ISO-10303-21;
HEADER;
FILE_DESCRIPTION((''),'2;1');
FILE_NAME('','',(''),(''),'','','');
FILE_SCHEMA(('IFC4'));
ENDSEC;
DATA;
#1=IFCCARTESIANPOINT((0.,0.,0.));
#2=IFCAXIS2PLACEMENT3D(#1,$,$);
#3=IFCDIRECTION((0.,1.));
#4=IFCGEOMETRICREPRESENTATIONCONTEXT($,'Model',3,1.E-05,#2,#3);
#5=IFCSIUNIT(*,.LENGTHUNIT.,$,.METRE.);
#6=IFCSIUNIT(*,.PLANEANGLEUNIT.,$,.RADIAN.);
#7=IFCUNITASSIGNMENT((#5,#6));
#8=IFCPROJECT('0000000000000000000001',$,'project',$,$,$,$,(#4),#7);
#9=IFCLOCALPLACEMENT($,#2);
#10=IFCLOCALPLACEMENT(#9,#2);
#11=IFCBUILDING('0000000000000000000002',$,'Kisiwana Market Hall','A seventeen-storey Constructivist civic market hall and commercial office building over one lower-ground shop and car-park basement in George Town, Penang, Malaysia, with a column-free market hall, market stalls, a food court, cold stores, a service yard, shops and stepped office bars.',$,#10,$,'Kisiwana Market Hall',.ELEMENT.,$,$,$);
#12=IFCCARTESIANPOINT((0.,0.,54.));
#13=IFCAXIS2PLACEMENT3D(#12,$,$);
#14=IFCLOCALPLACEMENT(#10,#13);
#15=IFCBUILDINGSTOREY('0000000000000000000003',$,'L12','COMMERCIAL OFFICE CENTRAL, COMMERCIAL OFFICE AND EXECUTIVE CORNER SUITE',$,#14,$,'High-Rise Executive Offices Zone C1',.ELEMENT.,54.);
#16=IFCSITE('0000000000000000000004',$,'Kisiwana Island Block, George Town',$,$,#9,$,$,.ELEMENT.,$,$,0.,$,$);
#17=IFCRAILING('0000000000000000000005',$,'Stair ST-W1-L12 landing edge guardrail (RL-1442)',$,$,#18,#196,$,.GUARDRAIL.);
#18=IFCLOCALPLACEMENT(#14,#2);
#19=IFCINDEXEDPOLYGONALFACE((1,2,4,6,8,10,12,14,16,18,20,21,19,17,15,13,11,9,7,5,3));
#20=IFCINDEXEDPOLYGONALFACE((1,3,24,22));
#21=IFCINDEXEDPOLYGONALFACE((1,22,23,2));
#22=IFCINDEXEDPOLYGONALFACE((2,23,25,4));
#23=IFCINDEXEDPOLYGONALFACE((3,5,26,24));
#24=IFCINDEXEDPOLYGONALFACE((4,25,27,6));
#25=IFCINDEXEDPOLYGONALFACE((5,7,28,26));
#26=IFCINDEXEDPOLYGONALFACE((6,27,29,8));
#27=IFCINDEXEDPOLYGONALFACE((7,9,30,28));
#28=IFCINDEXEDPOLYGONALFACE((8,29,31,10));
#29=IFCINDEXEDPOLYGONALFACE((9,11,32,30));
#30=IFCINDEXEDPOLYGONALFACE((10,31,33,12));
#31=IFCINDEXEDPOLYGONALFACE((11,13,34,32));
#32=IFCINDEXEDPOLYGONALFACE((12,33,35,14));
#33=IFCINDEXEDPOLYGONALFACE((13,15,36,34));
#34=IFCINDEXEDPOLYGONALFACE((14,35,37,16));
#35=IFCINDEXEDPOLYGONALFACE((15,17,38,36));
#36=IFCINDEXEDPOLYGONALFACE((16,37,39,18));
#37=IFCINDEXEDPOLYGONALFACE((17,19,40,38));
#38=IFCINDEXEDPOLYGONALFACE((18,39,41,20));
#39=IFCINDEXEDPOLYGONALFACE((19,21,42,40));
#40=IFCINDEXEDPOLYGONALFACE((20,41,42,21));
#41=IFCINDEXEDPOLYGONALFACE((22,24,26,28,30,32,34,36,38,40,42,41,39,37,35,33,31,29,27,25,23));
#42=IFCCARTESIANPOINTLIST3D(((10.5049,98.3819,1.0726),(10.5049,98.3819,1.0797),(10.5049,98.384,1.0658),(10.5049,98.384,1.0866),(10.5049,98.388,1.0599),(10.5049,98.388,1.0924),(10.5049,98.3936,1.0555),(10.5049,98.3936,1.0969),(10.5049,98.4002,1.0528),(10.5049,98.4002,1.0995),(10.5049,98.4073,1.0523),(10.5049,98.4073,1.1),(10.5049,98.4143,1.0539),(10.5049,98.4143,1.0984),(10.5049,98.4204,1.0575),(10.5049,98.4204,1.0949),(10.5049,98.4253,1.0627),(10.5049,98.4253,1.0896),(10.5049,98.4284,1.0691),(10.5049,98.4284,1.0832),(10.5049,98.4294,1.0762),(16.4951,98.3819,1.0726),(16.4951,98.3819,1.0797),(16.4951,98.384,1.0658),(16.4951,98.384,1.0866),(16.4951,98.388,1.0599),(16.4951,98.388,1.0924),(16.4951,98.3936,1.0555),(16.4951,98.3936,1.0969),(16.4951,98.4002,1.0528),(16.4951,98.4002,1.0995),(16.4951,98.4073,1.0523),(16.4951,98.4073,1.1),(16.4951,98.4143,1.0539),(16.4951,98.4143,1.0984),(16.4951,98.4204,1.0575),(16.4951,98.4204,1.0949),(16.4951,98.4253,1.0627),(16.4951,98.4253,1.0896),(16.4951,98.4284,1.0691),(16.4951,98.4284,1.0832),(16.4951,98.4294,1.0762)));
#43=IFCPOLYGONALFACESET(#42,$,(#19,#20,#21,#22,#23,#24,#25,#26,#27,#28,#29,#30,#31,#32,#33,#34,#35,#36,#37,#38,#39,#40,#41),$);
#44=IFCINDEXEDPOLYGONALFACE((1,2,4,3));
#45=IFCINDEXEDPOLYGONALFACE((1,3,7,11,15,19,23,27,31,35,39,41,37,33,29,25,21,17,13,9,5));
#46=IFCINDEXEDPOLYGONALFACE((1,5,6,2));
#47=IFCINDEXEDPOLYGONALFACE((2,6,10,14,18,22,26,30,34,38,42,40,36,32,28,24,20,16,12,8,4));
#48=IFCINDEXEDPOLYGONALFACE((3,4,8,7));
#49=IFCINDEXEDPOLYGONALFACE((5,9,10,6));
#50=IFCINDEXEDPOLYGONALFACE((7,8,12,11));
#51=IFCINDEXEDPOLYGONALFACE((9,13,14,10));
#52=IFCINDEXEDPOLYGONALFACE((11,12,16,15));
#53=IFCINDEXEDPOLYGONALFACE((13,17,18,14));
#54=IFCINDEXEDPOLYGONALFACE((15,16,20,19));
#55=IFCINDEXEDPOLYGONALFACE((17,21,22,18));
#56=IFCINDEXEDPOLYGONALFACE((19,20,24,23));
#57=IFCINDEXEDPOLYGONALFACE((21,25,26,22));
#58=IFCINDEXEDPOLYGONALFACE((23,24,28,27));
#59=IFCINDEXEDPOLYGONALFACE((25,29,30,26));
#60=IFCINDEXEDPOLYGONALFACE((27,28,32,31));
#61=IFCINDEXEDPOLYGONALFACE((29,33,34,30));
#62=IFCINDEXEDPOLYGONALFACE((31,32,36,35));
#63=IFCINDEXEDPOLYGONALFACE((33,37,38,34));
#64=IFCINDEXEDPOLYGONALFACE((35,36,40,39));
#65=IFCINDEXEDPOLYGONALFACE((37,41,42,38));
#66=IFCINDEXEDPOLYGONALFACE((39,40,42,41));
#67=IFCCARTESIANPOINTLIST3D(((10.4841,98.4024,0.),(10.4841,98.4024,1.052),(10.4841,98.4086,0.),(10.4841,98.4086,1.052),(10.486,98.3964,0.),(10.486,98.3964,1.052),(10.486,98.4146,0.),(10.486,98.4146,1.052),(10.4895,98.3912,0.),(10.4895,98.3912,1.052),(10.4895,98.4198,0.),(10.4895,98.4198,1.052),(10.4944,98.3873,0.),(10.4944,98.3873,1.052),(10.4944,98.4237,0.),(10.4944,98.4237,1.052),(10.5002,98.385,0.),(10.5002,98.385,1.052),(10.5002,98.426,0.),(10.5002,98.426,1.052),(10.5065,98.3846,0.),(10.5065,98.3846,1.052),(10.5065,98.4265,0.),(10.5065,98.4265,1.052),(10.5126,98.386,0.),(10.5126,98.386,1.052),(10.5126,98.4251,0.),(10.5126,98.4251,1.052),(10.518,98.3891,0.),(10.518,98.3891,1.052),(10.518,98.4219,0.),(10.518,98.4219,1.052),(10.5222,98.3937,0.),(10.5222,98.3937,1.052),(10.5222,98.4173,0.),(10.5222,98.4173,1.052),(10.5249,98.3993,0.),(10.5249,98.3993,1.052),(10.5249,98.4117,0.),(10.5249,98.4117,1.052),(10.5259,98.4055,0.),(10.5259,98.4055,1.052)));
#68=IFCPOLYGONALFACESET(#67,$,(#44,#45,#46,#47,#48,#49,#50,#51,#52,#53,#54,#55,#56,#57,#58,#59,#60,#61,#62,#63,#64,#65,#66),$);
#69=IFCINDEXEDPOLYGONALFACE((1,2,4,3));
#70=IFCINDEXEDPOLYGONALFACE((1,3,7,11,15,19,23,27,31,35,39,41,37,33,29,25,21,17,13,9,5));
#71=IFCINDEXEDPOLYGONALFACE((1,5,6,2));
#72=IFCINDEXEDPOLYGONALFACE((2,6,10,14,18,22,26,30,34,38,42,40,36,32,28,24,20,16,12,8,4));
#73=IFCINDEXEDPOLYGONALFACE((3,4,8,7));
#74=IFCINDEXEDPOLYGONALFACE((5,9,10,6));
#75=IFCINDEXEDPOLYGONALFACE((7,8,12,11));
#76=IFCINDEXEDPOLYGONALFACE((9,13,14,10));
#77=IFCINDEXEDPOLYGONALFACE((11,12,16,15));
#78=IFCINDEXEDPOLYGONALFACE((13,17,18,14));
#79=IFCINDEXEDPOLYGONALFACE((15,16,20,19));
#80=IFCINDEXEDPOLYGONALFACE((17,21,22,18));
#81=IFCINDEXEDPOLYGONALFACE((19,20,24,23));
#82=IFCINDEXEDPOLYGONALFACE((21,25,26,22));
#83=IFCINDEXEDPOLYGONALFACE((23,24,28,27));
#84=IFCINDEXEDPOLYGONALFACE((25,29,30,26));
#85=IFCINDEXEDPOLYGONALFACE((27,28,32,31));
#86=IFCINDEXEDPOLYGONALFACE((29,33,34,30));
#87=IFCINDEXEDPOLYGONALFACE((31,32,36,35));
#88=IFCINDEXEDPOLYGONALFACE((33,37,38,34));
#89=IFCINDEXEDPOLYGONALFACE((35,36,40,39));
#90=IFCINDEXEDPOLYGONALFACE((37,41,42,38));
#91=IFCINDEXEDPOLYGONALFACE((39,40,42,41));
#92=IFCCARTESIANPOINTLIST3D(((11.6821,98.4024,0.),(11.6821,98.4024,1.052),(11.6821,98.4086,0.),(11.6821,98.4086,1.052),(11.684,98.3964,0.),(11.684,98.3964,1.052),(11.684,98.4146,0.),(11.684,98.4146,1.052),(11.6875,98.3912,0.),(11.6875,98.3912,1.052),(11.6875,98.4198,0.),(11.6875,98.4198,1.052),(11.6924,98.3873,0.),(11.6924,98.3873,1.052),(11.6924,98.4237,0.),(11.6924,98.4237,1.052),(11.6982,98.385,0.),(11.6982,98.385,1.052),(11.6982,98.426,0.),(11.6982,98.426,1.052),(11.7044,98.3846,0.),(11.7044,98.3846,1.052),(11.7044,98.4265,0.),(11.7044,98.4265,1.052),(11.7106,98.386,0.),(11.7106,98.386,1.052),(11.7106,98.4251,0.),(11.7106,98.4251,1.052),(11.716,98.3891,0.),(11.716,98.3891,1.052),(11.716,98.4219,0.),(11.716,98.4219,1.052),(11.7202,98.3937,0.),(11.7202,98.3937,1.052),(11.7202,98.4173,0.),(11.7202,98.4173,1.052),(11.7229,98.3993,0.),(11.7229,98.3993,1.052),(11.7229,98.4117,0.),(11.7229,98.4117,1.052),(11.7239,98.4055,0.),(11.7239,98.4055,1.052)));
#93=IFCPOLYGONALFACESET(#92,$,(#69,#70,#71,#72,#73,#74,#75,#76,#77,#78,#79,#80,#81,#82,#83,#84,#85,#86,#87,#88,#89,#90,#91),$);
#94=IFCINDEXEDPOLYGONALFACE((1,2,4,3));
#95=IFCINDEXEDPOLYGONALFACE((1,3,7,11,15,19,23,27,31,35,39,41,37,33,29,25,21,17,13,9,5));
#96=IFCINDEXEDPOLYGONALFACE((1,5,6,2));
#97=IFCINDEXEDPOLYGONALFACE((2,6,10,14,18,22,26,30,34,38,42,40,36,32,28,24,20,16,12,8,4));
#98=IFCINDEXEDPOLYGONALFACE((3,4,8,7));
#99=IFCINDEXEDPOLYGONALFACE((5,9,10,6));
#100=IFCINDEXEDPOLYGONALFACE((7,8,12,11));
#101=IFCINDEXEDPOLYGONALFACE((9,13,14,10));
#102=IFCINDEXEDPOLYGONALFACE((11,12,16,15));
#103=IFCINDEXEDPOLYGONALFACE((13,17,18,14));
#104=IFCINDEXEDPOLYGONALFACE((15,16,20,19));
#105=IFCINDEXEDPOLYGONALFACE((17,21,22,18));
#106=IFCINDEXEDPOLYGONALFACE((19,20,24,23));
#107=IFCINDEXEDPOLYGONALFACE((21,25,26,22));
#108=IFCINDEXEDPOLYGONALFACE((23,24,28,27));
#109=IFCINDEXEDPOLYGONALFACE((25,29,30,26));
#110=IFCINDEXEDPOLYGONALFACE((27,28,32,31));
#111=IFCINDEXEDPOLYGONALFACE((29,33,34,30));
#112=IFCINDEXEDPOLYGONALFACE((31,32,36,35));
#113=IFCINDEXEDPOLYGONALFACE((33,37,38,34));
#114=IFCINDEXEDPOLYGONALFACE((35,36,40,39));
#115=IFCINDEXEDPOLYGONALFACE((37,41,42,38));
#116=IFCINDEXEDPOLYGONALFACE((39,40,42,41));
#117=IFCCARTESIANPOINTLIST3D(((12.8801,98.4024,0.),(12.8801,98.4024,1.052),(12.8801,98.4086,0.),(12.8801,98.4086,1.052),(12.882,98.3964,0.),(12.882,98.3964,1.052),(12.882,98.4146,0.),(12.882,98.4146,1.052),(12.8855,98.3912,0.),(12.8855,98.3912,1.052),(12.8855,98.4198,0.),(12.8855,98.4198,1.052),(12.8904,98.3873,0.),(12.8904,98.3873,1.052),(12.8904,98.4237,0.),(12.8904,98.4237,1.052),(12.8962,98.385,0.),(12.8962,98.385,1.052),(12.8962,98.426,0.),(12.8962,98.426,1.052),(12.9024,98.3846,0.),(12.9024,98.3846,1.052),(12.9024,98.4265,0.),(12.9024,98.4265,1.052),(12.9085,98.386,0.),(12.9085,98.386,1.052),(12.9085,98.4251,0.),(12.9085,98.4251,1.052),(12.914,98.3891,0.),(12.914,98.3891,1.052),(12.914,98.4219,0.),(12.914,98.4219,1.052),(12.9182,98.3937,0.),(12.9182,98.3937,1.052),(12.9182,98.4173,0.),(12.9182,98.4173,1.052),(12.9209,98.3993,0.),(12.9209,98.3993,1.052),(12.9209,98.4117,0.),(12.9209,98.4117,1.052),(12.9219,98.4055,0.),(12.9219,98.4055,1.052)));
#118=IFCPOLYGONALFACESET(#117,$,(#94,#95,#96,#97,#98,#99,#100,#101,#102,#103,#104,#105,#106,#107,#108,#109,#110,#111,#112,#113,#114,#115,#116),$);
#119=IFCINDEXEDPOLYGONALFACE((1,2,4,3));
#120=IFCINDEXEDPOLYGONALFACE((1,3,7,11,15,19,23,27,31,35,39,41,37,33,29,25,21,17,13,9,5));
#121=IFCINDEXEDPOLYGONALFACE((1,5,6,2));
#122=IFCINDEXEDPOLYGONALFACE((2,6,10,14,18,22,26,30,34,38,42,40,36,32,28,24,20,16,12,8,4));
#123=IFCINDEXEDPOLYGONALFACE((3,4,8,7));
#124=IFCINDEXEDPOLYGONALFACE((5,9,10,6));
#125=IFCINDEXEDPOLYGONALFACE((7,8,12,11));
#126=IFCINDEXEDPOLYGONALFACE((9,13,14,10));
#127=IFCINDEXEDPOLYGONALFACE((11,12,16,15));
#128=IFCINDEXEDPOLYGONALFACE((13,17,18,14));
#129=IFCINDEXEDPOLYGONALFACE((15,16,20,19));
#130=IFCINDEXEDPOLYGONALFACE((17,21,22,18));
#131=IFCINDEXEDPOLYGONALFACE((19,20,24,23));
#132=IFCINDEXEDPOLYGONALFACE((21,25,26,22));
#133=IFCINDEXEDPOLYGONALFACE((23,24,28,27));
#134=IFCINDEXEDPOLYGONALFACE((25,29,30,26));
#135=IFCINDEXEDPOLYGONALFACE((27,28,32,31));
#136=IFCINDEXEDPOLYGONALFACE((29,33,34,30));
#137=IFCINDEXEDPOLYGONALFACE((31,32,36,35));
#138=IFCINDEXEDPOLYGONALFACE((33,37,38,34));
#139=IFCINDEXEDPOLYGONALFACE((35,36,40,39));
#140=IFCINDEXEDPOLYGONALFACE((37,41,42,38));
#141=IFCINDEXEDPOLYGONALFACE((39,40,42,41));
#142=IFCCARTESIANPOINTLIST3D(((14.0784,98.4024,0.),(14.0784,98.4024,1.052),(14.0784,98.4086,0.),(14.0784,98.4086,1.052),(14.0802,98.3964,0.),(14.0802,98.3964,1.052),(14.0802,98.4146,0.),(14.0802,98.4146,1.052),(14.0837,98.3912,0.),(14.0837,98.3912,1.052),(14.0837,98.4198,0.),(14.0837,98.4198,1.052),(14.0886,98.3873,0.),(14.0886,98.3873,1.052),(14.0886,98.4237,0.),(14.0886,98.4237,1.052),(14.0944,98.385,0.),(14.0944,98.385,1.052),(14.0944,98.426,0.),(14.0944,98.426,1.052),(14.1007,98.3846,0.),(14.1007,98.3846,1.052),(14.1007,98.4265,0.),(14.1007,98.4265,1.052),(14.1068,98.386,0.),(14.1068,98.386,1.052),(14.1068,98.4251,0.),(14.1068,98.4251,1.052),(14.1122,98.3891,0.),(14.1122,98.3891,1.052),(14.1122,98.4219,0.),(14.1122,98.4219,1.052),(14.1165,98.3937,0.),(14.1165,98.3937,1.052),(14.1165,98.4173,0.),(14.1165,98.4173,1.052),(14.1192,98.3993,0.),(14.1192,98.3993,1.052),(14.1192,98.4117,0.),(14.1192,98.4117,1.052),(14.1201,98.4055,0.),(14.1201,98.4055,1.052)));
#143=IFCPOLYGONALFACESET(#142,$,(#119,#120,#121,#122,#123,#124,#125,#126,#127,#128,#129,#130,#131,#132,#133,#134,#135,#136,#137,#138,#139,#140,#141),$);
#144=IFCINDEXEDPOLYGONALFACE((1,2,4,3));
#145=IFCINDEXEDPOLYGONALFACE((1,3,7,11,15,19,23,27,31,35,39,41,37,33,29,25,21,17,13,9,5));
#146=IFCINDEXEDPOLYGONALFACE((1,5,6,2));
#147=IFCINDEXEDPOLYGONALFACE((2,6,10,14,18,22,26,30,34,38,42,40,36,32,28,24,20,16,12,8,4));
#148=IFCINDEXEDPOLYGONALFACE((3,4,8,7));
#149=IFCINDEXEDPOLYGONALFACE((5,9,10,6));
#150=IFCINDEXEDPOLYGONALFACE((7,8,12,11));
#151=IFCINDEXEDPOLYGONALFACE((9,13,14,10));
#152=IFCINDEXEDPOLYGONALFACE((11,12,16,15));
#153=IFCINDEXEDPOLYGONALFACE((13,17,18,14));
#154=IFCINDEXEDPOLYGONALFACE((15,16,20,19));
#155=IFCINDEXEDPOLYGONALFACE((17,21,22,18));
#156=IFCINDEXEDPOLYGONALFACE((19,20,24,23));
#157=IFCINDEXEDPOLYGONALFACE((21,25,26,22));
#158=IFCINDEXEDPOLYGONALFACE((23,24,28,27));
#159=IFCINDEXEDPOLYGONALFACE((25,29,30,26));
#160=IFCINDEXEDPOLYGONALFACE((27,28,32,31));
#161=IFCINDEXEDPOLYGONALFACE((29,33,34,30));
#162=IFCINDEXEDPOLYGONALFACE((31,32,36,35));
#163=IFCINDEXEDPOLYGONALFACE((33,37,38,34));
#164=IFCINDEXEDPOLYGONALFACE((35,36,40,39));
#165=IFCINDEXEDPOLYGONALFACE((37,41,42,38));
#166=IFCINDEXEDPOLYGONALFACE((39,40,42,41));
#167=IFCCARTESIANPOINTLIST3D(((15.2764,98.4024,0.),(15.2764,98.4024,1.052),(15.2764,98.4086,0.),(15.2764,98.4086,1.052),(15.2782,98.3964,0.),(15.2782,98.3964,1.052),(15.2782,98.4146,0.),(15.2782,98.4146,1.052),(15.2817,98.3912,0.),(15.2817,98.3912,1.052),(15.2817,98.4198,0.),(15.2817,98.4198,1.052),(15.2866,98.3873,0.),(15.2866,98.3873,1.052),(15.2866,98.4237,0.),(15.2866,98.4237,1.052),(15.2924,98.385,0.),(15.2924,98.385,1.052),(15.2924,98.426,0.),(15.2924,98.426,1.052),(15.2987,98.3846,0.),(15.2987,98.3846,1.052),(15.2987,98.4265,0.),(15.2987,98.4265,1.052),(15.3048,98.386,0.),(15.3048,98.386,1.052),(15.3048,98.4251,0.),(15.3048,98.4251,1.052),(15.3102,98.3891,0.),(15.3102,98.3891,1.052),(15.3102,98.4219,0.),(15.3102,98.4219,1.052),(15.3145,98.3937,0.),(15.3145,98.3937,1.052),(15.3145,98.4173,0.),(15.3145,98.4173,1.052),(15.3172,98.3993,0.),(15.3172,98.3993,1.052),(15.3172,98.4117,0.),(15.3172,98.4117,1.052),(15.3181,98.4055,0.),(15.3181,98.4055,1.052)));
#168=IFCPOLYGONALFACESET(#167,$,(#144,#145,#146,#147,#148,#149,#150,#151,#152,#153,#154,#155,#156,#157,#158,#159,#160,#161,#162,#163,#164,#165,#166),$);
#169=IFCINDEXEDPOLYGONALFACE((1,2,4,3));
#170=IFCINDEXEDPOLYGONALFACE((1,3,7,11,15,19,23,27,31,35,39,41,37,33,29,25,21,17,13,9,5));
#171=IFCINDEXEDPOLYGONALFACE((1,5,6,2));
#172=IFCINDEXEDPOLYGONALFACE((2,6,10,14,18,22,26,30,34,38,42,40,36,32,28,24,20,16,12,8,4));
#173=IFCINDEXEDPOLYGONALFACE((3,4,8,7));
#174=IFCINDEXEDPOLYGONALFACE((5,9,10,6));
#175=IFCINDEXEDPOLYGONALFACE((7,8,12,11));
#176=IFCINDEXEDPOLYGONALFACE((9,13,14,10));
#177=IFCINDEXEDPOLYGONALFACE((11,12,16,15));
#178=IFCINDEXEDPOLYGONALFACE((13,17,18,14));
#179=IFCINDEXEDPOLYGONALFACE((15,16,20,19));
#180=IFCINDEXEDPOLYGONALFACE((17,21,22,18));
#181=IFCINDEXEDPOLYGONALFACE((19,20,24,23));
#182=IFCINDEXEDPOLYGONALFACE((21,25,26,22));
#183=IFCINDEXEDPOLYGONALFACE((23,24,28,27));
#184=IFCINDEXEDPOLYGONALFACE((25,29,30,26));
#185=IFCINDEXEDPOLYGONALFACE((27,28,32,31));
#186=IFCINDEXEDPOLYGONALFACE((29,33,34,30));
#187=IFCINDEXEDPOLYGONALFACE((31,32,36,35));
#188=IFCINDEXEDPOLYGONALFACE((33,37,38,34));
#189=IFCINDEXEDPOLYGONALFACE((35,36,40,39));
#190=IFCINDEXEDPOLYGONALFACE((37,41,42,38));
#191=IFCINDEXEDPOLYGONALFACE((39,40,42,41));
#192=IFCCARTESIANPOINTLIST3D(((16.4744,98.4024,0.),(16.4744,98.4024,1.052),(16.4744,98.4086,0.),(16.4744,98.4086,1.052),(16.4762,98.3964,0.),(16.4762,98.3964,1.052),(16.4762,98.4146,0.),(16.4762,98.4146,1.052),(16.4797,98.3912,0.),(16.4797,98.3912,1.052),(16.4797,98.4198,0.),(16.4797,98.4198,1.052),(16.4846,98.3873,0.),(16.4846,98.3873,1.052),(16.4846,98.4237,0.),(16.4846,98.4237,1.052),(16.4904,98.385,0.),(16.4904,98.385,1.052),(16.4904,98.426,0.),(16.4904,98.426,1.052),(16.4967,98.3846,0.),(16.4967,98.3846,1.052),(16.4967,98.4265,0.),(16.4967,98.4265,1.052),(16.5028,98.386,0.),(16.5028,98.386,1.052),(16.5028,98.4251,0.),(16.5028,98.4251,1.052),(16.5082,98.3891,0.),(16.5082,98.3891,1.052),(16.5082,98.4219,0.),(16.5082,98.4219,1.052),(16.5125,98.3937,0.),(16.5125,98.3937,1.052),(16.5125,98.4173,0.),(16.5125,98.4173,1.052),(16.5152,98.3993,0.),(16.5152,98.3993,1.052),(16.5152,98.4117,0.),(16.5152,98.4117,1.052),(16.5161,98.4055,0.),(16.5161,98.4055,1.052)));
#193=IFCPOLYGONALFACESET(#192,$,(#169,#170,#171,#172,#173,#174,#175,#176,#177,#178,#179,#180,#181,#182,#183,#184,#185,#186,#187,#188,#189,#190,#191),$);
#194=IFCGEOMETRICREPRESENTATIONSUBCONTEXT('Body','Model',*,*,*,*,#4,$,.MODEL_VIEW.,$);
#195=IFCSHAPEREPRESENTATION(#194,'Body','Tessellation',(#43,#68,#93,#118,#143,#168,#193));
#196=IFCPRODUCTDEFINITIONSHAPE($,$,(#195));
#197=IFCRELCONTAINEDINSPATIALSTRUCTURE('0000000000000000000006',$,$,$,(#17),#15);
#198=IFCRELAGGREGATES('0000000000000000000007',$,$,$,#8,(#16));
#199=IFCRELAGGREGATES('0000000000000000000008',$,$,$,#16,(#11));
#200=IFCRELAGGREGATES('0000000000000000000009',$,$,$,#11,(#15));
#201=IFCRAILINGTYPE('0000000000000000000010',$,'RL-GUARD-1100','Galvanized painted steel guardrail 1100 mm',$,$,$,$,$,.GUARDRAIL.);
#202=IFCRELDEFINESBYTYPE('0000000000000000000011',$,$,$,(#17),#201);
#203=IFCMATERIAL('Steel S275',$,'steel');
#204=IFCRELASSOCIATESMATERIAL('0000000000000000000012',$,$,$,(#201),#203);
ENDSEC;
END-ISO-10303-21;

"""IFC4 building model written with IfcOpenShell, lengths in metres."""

from ifc_helpers import new_model, si_unit, direction, frame, origin, origin_2d, place, context, subcontext, project, spatial, circle, extrude, material, type_object, element, save


model = new_model("IFC4")

# Units and contexts
model_context = context("Model", 3, precision=1e-05, world=origin(), true_north=direction((0.0, 1.0)))
body_context = subcontext(model_context, "Body", "Model", "MODEL_VIEW")
ifc_project = project(units=[si_unit("LENGTHUNIT", "METRE"), si_unit("PLANEANGLEUNIT", "RADIAN")], contexts=[model_context])

# Site, building, storey
site_placement = place(None, origin())
site = spatial("IfcSite", under=ifc_project, at=site_placement, Name="Kisiwana Island Block, George Town", CompositionType="ELEMENT", RefElevation=0.0)
building_placement = place(site_placement, origin())
building = spatial("IfcBuilding", under=site, at=building_placement, Name="Kisiwana Market Hall", Description="A seventeen-storey Constructivist civic market hall and commercial office building over one lower-ground shop and car-park basement in George Town, Penang, Malaysia, with a column-free market hall, market stalls, a food court, cold stores, a service yard, shops and stepped office bars.", LongName="Kisiwana Market Hall", CompositionType="ELEMENT")
storey_placement = place(building_placement, frame((0.0, 0.0, 54.0)))
storey = spatial("IfcBuildingStorey", under=building, at=storey_placement, Name="L12", Description="COMMERCIAL OFFICE CENTRAL, COMMERCIAL OFFICE AND EXECUTIVE CORNER SUITE", LongName="High-Rise Executive Offices Zone C1", CompositionType="ELEMENT", Elevation=54.0)

# Railing
ifc_material_1 = material(Name="Steel S275", Category="steel")
railing_type_1 = type_object("IfcRailingType", Name="RL-GUARD-1100", Description="Galvanized painted steel guardrail 1100 mm", PredefinedType="GUARDRAIL", material=ifc_material_1)
railing_1_placement = place(storey_placement, frame((10.5049, 98.4055, 0.0)))
element("IfcRailing", 1, at=railing_1_placement, inside=storey, type_object=railing_type_1, Name="Stair ST-W1-L12 landing edge guardrail (RL-1442)", PredefinedType="GUARDRAIL", context=body_context, shape_type="SweptSolid", body=[
    extrude(circle(Radius=0.0239, at=origin_2d()), frame((0.0, 0.0, 1.0762), z_axis=(1.0, 0.0, 0.0), x_axis=(0.0, 1.0, 0.0)), (0.0, 0.0, 1.0), 5.9902),
    extrude(circle(Radius=0.021, at=origin_2d()), origin(), (0.0, 0.0, 1.0), 1.052),
    extrude(circle(Radius=0.021, at=origin_2d()), frame((1.198, 0.0, 0.0)), (0.0, 0.0, 1.0), 1.052),
    extrude(circle(Radius=0.021, at=origin_2d()), frame((2.396, 0.0, 0.0)), (0.0, 0.0, 1.0), 1.052),
    extrude(circle(Radius=0.021, at=origin_2d()), frame((3.5942, 0.0, 0.0)), (0.0, 0.0, 1.0), 1.052),
    extrude(circle(Radius=0.021, at=origin_2d()), frame((4.7922, 0.0, 0.0)), (0.0, 0.0, 1.0), 1.052),
    extrude(circle(Radius=0.021, at=origin_2d()), frame((5.9902, 0.0, 0.0)), (0.0, 0.0, 1.0), 1.052),
])

save(model, "model.ifc")
